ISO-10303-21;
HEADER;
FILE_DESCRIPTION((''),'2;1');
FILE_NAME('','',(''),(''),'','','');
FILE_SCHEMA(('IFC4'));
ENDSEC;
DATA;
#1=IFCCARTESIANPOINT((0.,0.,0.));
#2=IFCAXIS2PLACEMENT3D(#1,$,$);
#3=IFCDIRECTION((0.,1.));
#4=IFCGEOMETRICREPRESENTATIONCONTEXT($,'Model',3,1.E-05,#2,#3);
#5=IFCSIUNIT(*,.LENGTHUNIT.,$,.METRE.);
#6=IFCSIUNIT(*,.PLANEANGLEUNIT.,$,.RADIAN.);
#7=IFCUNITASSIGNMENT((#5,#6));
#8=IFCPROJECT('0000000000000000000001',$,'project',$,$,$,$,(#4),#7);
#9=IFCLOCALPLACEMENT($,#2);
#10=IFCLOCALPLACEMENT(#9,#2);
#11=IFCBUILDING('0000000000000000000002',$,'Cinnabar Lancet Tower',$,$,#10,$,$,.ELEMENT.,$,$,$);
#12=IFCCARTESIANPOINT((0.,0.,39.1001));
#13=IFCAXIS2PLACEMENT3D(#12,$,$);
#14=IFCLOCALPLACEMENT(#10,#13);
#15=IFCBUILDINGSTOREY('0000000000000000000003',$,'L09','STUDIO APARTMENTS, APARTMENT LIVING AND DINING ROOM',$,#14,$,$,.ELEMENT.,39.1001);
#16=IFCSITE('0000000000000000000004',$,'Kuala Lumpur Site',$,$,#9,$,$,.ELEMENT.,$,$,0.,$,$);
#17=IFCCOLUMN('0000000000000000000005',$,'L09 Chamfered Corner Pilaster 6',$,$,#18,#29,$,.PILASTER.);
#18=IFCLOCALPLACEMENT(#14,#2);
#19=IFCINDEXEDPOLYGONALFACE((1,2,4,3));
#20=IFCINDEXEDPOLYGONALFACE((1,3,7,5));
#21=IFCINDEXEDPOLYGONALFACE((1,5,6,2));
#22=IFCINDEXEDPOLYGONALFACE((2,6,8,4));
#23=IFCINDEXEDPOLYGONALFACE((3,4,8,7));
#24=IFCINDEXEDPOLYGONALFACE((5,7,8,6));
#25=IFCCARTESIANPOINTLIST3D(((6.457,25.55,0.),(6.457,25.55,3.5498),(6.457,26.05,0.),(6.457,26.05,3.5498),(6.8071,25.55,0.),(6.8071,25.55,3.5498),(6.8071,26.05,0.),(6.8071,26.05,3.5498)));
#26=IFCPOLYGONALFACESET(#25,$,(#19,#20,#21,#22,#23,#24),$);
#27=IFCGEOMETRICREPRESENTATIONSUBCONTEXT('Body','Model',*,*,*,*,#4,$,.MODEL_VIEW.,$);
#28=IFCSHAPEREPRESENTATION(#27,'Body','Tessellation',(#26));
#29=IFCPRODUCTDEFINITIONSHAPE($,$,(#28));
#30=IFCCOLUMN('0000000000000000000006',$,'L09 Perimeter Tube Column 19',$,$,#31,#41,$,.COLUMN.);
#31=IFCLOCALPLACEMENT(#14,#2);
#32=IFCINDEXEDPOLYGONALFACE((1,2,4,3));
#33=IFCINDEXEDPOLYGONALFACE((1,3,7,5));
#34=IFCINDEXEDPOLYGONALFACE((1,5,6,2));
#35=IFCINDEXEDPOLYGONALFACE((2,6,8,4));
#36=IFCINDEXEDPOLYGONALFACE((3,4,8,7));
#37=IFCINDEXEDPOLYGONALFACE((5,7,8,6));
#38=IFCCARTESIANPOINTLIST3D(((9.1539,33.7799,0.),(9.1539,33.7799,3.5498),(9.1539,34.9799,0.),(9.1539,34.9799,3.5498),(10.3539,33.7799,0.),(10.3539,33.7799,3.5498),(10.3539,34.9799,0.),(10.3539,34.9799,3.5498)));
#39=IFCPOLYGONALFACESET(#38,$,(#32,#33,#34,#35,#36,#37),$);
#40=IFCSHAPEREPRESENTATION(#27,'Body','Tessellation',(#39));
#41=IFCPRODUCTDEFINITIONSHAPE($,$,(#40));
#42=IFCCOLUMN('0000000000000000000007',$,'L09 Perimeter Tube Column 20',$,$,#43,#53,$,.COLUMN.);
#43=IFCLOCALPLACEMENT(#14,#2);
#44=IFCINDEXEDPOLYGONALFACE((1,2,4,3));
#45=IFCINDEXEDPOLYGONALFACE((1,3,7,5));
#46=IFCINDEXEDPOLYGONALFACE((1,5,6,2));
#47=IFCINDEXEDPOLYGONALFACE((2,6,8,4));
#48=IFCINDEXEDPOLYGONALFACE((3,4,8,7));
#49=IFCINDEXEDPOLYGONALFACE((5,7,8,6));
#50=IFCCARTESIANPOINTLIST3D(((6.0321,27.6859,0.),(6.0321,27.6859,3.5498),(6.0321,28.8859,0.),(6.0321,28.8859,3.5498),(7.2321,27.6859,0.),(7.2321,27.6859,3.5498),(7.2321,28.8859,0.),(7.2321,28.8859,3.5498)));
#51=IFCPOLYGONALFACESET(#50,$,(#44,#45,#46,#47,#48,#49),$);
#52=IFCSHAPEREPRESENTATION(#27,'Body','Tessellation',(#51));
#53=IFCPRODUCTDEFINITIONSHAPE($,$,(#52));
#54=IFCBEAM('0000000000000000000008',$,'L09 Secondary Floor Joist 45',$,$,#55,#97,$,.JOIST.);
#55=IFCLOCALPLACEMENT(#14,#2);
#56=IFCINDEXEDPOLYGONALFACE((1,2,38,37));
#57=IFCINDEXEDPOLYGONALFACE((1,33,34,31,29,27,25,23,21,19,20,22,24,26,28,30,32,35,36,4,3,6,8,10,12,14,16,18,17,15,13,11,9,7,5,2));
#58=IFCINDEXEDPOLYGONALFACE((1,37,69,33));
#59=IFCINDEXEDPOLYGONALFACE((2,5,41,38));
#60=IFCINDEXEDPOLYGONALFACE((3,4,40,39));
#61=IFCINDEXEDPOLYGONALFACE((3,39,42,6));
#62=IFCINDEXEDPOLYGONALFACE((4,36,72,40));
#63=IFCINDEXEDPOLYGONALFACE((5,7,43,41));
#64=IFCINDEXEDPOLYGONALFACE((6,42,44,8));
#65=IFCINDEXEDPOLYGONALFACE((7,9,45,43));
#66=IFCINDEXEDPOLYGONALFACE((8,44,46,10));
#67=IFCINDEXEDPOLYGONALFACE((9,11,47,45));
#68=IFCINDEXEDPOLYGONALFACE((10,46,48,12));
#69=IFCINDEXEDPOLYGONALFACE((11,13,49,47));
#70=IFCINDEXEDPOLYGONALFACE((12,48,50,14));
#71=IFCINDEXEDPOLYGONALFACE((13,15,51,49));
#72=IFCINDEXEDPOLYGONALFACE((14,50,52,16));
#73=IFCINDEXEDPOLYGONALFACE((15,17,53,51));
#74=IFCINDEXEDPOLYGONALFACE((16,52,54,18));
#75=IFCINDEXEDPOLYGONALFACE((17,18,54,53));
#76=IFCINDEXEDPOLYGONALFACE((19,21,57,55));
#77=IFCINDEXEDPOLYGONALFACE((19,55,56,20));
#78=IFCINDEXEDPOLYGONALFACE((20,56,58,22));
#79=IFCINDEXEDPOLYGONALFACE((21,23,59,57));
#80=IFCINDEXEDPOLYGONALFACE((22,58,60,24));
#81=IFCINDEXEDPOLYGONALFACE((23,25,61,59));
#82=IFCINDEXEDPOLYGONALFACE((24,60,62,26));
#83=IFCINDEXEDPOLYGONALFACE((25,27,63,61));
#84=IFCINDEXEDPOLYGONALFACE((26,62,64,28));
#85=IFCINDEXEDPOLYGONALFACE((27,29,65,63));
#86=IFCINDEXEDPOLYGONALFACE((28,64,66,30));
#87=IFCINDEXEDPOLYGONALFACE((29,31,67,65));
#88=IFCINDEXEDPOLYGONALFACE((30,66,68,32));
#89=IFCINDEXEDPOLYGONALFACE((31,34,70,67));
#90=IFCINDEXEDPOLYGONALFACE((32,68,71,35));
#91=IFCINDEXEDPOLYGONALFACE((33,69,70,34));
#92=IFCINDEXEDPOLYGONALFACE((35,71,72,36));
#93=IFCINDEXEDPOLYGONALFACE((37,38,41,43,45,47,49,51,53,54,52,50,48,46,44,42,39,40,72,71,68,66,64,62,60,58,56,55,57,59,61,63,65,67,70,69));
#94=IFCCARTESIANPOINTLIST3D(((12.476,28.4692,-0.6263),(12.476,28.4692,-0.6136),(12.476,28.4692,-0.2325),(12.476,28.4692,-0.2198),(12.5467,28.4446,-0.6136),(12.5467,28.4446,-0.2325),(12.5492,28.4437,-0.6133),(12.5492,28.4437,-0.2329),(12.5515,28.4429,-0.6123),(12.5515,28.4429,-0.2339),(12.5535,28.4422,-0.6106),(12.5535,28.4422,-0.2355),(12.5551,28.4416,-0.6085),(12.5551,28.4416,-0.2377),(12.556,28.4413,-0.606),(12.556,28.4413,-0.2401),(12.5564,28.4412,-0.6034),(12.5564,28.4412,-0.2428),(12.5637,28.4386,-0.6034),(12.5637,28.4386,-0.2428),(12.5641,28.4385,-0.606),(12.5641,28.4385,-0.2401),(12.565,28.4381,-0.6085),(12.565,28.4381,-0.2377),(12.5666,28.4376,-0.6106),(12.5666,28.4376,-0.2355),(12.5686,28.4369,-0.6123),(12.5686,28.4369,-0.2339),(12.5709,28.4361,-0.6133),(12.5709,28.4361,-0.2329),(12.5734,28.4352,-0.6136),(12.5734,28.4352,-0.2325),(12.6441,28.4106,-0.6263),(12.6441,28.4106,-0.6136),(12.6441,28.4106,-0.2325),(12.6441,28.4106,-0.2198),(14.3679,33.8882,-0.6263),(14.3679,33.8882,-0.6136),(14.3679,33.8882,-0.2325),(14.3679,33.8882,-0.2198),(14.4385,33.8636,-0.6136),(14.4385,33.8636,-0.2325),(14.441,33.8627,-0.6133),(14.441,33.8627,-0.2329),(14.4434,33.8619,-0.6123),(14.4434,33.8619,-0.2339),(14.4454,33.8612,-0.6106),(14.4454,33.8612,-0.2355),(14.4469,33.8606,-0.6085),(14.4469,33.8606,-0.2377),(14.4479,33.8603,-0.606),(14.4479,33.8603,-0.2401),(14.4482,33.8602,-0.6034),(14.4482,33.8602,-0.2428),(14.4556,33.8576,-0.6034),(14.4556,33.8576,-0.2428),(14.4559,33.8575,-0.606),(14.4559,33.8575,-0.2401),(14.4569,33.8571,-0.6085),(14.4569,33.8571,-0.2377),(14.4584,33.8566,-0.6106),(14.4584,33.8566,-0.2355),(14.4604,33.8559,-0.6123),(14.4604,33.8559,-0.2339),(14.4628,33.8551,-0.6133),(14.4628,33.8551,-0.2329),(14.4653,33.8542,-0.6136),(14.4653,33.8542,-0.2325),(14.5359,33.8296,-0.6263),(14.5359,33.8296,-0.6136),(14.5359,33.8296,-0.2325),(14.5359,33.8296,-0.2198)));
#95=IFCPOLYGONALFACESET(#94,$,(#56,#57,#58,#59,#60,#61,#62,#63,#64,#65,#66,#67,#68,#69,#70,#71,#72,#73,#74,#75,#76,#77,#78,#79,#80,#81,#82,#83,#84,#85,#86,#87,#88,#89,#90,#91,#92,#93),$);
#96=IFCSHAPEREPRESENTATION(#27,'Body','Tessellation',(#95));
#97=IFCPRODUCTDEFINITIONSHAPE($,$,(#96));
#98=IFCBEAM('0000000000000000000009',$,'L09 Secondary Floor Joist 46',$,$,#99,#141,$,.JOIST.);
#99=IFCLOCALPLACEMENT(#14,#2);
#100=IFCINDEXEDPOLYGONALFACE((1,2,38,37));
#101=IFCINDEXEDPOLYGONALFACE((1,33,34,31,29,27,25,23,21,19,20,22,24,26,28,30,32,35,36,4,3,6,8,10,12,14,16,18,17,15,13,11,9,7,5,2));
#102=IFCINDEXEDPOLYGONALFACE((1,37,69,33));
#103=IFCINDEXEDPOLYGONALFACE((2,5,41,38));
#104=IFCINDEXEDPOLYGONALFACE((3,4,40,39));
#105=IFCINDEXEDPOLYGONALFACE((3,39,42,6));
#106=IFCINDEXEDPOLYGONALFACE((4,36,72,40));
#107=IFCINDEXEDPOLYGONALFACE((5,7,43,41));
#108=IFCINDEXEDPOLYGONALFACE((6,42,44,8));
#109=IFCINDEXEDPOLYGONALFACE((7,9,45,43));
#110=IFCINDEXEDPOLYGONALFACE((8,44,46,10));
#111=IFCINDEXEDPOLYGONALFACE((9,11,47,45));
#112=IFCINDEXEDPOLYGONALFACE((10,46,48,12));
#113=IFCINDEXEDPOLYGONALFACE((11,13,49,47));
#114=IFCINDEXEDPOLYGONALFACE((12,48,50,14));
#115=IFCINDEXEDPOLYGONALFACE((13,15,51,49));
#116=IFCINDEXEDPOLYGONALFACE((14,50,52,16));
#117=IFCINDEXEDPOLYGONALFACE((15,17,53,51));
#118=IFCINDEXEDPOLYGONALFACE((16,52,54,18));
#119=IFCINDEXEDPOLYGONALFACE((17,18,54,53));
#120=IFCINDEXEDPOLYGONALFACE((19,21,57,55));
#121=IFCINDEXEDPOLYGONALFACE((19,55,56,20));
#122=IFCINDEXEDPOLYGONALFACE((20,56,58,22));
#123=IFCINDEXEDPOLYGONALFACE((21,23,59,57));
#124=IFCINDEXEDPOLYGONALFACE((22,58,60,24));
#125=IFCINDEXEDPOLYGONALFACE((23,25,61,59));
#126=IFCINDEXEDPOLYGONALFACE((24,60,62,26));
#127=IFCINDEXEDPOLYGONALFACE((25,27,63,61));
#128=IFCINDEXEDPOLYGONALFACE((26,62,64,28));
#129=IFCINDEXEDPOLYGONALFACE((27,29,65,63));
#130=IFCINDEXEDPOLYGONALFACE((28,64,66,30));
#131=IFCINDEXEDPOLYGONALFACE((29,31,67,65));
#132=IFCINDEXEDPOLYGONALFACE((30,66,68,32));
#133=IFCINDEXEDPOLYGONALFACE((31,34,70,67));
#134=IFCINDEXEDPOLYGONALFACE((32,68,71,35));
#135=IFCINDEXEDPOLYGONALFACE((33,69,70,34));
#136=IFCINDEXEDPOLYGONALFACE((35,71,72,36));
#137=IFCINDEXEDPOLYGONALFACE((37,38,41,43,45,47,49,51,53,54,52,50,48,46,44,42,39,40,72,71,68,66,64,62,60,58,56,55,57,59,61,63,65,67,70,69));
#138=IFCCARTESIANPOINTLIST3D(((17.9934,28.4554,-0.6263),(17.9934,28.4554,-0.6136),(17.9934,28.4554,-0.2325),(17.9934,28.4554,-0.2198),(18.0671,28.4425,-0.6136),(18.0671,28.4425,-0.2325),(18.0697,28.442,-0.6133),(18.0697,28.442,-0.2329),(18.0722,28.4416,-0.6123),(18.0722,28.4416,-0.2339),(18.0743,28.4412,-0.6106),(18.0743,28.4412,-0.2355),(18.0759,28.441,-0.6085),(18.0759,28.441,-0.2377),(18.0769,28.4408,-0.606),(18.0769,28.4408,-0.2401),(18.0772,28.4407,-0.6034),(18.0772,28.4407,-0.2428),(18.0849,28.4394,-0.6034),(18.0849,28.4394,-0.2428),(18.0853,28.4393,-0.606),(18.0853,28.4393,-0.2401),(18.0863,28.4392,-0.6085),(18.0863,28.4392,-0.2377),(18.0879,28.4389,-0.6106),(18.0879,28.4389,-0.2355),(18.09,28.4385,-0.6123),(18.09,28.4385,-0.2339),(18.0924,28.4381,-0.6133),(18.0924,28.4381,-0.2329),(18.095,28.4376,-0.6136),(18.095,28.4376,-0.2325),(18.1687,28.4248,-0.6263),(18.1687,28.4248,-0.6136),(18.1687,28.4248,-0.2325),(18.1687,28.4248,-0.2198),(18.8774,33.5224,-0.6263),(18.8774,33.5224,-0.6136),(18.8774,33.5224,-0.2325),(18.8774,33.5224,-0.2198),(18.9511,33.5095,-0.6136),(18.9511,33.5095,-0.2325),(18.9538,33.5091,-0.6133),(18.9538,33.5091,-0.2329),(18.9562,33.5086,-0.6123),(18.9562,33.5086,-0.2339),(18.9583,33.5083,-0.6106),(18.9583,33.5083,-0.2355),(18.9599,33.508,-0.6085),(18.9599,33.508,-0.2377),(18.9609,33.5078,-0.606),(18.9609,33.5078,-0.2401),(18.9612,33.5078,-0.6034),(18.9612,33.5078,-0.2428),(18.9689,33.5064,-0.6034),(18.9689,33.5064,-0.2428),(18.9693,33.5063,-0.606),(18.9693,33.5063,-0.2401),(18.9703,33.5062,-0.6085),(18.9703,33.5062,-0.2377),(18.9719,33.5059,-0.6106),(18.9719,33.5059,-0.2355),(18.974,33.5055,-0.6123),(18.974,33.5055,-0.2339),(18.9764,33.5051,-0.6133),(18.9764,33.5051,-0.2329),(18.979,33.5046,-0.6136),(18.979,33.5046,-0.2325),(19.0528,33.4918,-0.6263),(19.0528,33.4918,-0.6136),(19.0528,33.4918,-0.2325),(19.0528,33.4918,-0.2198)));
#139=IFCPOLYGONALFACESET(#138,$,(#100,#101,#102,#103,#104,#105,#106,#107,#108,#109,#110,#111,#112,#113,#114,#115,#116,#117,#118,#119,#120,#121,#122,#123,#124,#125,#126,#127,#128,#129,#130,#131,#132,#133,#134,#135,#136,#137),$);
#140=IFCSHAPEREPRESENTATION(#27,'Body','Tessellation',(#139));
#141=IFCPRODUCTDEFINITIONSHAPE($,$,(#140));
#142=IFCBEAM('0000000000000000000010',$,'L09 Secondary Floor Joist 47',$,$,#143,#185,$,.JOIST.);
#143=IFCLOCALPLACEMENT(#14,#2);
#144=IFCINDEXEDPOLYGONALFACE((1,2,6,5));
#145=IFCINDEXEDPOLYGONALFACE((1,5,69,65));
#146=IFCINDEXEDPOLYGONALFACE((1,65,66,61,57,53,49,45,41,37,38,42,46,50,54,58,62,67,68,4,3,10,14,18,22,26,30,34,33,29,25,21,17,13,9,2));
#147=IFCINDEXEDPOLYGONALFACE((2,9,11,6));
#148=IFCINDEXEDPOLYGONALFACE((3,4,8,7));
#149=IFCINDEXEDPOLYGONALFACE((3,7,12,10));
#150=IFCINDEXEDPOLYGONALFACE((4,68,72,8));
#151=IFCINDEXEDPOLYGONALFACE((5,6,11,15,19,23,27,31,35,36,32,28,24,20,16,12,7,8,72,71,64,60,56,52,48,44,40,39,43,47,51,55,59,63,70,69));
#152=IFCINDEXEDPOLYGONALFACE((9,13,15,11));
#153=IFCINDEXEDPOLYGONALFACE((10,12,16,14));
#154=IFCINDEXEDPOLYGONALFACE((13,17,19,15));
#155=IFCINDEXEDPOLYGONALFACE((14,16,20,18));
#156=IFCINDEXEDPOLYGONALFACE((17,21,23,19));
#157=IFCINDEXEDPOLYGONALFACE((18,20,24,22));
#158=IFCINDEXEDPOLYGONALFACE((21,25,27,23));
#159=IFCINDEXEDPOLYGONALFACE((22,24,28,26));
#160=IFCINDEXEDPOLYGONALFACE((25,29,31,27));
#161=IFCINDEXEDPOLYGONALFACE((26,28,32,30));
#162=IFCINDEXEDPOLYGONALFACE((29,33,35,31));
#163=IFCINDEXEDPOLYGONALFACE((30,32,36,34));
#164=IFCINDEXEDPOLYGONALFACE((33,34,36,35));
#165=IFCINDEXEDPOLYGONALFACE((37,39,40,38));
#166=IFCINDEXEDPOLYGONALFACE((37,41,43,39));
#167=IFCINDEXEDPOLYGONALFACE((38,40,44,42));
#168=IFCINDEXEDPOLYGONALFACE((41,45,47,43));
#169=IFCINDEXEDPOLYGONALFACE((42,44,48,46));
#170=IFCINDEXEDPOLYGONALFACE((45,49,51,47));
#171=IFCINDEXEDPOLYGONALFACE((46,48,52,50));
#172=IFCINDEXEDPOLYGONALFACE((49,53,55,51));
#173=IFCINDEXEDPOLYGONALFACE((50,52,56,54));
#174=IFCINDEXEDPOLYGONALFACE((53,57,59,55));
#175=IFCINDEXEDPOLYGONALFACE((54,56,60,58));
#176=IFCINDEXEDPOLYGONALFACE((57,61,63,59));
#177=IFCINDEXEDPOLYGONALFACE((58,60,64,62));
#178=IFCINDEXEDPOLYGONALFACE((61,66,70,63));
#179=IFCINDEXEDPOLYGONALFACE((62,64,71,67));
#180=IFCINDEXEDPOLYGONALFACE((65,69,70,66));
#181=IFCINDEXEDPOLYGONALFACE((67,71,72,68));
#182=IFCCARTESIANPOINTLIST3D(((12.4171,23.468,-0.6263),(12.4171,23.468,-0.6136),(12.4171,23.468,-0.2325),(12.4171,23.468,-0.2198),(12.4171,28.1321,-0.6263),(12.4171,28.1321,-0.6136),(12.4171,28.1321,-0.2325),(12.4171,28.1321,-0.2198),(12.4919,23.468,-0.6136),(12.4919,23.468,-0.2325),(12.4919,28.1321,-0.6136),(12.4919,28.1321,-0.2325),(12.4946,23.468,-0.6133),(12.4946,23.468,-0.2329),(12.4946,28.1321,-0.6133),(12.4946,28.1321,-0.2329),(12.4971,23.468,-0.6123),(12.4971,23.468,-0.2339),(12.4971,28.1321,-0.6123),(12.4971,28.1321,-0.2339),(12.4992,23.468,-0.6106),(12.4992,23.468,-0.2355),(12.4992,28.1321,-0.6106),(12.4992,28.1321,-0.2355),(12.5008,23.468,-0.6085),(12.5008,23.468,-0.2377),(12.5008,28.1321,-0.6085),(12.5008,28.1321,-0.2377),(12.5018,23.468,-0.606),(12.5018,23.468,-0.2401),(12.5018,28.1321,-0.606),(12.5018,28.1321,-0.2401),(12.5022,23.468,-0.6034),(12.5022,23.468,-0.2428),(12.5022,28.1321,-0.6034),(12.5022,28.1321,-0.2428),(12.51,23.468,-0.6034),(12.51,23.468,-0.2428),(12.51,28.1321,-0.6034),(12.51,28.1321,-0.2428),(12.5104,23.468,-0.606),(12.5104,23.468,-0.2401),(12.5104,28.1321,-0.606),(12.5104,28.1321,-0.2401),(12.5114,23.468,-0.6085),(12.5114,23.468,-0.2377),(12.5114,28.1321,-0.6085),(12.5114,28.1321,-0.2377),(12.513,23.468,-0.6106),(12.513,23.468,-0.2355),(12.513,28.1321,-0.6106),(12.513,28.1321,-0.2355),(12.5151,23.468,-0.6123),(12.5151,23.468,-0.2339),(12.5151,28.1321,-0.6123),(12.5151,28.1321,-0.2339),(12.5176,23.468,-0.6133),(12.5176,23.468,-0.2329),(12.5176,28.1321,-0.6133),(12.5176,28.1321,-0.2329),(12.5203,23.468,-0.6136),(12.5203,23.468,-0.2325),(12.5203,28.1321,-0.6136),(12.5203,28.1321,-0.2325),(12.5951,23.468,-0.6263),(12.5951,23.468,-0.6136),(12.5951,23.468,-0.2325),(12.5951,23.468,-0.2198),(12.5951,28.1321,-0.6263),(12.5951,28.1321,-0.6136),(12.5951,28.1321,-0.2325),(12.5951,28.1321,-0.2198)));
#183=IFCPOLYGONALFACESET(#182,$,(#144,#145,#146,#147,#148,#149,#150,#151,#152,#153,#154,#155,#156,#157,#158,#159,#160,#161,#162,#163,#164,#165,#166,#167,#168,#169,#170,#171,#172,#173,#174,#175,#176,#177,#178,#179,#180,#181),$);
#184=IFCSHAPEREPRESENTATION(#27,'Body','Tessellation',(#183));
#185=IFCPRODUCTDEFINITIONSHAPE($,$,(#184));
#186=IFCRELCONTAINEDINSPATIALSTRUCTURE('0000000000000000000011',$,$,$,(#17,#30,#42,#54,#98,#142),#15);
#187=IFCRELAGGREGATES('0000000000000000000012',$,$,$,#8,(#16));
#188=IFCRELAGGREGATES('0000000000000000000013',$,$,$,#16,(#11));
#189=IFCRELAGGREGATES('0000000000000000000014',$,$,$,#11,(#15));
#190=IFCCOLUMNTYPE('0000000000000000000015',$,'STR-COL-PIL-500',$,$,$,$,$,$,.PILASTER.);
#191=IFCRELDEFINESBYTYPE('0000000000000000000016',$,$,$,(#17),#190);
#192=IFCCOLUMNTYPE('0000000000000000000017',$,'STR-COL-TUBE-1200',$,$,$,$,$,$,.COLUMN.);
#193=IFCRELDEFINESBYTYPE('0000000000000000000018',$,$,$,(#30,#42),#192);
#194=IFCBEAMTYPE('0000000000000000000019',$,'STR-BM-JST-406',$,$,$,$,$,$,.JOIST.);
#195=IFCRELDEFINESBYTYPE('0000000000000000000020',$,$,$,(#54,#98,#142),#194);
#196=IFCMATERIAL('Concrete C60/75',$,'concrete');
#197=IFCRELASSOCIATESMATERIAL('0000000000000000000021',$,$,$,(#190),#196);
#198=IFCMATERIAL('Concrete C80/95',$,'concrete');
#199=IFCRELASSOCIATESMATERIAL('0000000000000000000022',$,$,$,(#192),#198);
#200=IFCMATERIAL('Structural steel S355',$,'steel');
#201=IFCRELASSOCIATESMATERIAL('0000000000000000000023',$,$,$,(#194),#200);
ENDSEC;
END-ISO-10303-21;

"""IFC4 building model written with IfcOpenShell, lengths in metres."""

from ifc_helpers import new_model, si_unit, direction, frame, origin, origin_2d, place, context, subcontext, project, spatial, rectangle, i_section, extrude, material, material_profile, profile_set, type_object, element, save


model = new_model("IFC4")

# Units and contexts
model_context = context("Model", 3, precision=1e-05, world=origin(), true_north=direction((0.0, 1.0)))
body_context = subcontext(model_context, "Body", "Model", "MODEL_VIEW")
ifc_project = project(units=[si_unit("LENGTHUNIT", "METRE"), si_unit("PLANEANGLEUNIT", "RADIAN")], contexts=[model_context])

# Site, building, storey
site_placement = place(None, origin())
site = spatial("IfcSite", under=ifc_project, at=site_placement, Name="Kuala Lumpur Site", CompositionType="ELEMENT", RefElevation=0.0)
building_placement = place(site_placement, origin())
building = spatial("IfcBuilding", under=site, at=building_placement, Name="Cinnabar Lancet Tower", CompositionType="ELEMENT")
storey_placement = place(building_placement, frame((0.0, 0.0, 39.1001)))
storey = spatial("IfcBuildingStorey", under=building, at=storey_placement, Name="L09", Description="STUDIO APARTMENTS, APARTMENT LIVING AND DINING ROOM", CompositionType="ELEMENT", Elevation=39.1001)

# Columns
ifc_material_1 = material(Name="Concrete C60/75", Category="concrete")
ifc_material_profile_1 = material_profile(ifc_material_1, rectangle(XDim=0.5, YDim=0.3501, at=origin_2d()), Name="RC-PIL 500x350")
ifc_profile_set_1 = profile_set([ifc_material_profile_1], Name="Concrete C60/75")
column_type_1 = type_object("IfcColumnType", Name="STR-COL-PIL-500", PredefinedType="PILASTER", material=ifc_profile_set_1)
column_placement = place(storey_placement, frame((6.6321, 25.8, 0.0), z_axis=(0.0, 0.0, 1.0), x_axis=(0.0, -1.0, 0.0)))
element("IfcColumn", 1, at=column_placement, inside=storey, type_object=column_type_1, Name="L09 Chamfered Corner Pilaster 6", PredefinedType="PILASTER", context=body_context, shape_type="SweptSolid", body=[
    extrude(rectangle(XDim=0.5, YDim=0.3501, at=origin_2d()), origin(), (0.0, 0.0, 1.0), 3.5498),
])
ifc_material_2 = material(Name="Concrete C80/95", Category="concrete")
ifc_material_profile_2 = material_profile(ifc_material_2, rectangle(XDim=1.2, YDim=1.2, at=origin_2d()), Name="RC-COL 1200x1200")
ifc_profile_set_2 = profile_set([ifc_material_profile_2], Name="Concrete C80/95")
column_type_2 = type_object("IfcColumnType", Name="STR-COL-TUBE-1200", PredefinedType="COLUMN", material=ifc_profile_set_2)
for number, where, z_axis, x_axis, name in (
    (2, (9.7539, 34.3799, 0.0), (0.0, 0.0, 1.0), (1.0, 0.0, 0.0), "L09 Perimeter Tube Column 19"),
    (3, (6.6321, 28.2859, 0.0), (0.0, 0.0, 1.0), (1.0, 0.0, 0.0), "L09 Perimeter Tube Column 20"),
):
    element("IfcColumn", number, at=place(storey_placement, frame(where, z_axis=z_axis, x_axis=x_axis)), inside=storey, type_object=column_type_2, Name=name, PredefinedType="COLUMN", context=body_context, shape_type="SweptSolid", body=[
        extrude(rectangle(XDim=1.2, YDim=1.2, at=origin_2d()), origin(), (0.0, 0.0, 1.0), 3.5498),
    ])

# Beams
ifc_material_3 = material(Name="Structural steel S355", Category="steel")
ifc_material_profile_3 = material_profile(ifc_material_3, i_section(OverallWidth=0.178, OverallDepth=0.4065, WebThickness=0.0078, FlangeThickness=0.0127, FilletRadius=0.0103, at=origin_2d()), Name="UKB 406x178x60")
ifc_profile_set_3 = profile_set([ifc_material_profile_3], Name="Structural steel S355")
beam_type_1 = type_object("IfcBeamType", Name="STR-BM-JST-406", PredefinedType="JOIST", material=ifc_profile_set_3)
beam_1_placement = place(storey_placement, frame((14.4519, 33.8589, -0.4231), z_axis=(-0.329608, -0.944118, 0.0), x_axis=(0.944118, -0.329608, 0.0)))
element("IfcBeam", 4, at=beam_1_placement, inside=storey, type_object=beam_type_1, Name="L09 Secondary Floor Joist 45", PredefinedType="JOIST", context=body_context, shape_type="SweptSolid", body=[
    extrude(i_section(OverallWidth=0.178, OverallDepth=0.4065, WebThickness=0.0078, FlangeThickness=0.0127, FilletRadius=0.0103, at=origin_2d()), origin(), (0.0, 0.0, 1.0), 5.7397),
])
beam_2_placement = place(storey_placement, frame((18.9651, 33.5071, -0.4231), z_axis=(-0.171868, -0.98512, 0.0), x_axis=(0.98512, -0.171868, 0.0)))
element("IfcBeam", 5, at=beam_2_placement, inside=storey, type_object=beam_type_1, Name="L09 Secondary Floor Joist 46", PredefinedType="JOIST", context=body_context, shape_type="SweptSolid", body=[
    extrude(i_section(OverallWidth=0.178, OverallDepth=0.4065, WebThickness=0.0078, FlangeThickness=0.0127, FilletRadius=0.0103, at=origin_2d()), origin(), (0.0, 0.0, 1.0), 5.1436),
])
for number, where, z_axis, x_axis, name in (
    (6, (12.5061, 28.1321, -0.4231), (0.0, -1.0, 0.0), (1.0, 0.0, 0.0), "L09 Secondary Floor Joist 47"),
):
    element("IfcBeam", number, at=place(storey_placement, frame(where, z_axis=z_axis, x_axis=x_axis)), inside=storey, type_object=beam_type_1, Name=name, PredefinedType="JOIST", context=body_context, shape_type="SweptSolid", body=[
        extrude(i_section(OverallWidth=0.178, OverallDepth=0.4065, WebThickness=0.0078, FlangeThickness=0.0127, FilletRadius=0.0103, at=origin_2d()), origin(), (0.0, 0.0, 1.0), 4.6641),
    ])

save(model, "model.ifc")
